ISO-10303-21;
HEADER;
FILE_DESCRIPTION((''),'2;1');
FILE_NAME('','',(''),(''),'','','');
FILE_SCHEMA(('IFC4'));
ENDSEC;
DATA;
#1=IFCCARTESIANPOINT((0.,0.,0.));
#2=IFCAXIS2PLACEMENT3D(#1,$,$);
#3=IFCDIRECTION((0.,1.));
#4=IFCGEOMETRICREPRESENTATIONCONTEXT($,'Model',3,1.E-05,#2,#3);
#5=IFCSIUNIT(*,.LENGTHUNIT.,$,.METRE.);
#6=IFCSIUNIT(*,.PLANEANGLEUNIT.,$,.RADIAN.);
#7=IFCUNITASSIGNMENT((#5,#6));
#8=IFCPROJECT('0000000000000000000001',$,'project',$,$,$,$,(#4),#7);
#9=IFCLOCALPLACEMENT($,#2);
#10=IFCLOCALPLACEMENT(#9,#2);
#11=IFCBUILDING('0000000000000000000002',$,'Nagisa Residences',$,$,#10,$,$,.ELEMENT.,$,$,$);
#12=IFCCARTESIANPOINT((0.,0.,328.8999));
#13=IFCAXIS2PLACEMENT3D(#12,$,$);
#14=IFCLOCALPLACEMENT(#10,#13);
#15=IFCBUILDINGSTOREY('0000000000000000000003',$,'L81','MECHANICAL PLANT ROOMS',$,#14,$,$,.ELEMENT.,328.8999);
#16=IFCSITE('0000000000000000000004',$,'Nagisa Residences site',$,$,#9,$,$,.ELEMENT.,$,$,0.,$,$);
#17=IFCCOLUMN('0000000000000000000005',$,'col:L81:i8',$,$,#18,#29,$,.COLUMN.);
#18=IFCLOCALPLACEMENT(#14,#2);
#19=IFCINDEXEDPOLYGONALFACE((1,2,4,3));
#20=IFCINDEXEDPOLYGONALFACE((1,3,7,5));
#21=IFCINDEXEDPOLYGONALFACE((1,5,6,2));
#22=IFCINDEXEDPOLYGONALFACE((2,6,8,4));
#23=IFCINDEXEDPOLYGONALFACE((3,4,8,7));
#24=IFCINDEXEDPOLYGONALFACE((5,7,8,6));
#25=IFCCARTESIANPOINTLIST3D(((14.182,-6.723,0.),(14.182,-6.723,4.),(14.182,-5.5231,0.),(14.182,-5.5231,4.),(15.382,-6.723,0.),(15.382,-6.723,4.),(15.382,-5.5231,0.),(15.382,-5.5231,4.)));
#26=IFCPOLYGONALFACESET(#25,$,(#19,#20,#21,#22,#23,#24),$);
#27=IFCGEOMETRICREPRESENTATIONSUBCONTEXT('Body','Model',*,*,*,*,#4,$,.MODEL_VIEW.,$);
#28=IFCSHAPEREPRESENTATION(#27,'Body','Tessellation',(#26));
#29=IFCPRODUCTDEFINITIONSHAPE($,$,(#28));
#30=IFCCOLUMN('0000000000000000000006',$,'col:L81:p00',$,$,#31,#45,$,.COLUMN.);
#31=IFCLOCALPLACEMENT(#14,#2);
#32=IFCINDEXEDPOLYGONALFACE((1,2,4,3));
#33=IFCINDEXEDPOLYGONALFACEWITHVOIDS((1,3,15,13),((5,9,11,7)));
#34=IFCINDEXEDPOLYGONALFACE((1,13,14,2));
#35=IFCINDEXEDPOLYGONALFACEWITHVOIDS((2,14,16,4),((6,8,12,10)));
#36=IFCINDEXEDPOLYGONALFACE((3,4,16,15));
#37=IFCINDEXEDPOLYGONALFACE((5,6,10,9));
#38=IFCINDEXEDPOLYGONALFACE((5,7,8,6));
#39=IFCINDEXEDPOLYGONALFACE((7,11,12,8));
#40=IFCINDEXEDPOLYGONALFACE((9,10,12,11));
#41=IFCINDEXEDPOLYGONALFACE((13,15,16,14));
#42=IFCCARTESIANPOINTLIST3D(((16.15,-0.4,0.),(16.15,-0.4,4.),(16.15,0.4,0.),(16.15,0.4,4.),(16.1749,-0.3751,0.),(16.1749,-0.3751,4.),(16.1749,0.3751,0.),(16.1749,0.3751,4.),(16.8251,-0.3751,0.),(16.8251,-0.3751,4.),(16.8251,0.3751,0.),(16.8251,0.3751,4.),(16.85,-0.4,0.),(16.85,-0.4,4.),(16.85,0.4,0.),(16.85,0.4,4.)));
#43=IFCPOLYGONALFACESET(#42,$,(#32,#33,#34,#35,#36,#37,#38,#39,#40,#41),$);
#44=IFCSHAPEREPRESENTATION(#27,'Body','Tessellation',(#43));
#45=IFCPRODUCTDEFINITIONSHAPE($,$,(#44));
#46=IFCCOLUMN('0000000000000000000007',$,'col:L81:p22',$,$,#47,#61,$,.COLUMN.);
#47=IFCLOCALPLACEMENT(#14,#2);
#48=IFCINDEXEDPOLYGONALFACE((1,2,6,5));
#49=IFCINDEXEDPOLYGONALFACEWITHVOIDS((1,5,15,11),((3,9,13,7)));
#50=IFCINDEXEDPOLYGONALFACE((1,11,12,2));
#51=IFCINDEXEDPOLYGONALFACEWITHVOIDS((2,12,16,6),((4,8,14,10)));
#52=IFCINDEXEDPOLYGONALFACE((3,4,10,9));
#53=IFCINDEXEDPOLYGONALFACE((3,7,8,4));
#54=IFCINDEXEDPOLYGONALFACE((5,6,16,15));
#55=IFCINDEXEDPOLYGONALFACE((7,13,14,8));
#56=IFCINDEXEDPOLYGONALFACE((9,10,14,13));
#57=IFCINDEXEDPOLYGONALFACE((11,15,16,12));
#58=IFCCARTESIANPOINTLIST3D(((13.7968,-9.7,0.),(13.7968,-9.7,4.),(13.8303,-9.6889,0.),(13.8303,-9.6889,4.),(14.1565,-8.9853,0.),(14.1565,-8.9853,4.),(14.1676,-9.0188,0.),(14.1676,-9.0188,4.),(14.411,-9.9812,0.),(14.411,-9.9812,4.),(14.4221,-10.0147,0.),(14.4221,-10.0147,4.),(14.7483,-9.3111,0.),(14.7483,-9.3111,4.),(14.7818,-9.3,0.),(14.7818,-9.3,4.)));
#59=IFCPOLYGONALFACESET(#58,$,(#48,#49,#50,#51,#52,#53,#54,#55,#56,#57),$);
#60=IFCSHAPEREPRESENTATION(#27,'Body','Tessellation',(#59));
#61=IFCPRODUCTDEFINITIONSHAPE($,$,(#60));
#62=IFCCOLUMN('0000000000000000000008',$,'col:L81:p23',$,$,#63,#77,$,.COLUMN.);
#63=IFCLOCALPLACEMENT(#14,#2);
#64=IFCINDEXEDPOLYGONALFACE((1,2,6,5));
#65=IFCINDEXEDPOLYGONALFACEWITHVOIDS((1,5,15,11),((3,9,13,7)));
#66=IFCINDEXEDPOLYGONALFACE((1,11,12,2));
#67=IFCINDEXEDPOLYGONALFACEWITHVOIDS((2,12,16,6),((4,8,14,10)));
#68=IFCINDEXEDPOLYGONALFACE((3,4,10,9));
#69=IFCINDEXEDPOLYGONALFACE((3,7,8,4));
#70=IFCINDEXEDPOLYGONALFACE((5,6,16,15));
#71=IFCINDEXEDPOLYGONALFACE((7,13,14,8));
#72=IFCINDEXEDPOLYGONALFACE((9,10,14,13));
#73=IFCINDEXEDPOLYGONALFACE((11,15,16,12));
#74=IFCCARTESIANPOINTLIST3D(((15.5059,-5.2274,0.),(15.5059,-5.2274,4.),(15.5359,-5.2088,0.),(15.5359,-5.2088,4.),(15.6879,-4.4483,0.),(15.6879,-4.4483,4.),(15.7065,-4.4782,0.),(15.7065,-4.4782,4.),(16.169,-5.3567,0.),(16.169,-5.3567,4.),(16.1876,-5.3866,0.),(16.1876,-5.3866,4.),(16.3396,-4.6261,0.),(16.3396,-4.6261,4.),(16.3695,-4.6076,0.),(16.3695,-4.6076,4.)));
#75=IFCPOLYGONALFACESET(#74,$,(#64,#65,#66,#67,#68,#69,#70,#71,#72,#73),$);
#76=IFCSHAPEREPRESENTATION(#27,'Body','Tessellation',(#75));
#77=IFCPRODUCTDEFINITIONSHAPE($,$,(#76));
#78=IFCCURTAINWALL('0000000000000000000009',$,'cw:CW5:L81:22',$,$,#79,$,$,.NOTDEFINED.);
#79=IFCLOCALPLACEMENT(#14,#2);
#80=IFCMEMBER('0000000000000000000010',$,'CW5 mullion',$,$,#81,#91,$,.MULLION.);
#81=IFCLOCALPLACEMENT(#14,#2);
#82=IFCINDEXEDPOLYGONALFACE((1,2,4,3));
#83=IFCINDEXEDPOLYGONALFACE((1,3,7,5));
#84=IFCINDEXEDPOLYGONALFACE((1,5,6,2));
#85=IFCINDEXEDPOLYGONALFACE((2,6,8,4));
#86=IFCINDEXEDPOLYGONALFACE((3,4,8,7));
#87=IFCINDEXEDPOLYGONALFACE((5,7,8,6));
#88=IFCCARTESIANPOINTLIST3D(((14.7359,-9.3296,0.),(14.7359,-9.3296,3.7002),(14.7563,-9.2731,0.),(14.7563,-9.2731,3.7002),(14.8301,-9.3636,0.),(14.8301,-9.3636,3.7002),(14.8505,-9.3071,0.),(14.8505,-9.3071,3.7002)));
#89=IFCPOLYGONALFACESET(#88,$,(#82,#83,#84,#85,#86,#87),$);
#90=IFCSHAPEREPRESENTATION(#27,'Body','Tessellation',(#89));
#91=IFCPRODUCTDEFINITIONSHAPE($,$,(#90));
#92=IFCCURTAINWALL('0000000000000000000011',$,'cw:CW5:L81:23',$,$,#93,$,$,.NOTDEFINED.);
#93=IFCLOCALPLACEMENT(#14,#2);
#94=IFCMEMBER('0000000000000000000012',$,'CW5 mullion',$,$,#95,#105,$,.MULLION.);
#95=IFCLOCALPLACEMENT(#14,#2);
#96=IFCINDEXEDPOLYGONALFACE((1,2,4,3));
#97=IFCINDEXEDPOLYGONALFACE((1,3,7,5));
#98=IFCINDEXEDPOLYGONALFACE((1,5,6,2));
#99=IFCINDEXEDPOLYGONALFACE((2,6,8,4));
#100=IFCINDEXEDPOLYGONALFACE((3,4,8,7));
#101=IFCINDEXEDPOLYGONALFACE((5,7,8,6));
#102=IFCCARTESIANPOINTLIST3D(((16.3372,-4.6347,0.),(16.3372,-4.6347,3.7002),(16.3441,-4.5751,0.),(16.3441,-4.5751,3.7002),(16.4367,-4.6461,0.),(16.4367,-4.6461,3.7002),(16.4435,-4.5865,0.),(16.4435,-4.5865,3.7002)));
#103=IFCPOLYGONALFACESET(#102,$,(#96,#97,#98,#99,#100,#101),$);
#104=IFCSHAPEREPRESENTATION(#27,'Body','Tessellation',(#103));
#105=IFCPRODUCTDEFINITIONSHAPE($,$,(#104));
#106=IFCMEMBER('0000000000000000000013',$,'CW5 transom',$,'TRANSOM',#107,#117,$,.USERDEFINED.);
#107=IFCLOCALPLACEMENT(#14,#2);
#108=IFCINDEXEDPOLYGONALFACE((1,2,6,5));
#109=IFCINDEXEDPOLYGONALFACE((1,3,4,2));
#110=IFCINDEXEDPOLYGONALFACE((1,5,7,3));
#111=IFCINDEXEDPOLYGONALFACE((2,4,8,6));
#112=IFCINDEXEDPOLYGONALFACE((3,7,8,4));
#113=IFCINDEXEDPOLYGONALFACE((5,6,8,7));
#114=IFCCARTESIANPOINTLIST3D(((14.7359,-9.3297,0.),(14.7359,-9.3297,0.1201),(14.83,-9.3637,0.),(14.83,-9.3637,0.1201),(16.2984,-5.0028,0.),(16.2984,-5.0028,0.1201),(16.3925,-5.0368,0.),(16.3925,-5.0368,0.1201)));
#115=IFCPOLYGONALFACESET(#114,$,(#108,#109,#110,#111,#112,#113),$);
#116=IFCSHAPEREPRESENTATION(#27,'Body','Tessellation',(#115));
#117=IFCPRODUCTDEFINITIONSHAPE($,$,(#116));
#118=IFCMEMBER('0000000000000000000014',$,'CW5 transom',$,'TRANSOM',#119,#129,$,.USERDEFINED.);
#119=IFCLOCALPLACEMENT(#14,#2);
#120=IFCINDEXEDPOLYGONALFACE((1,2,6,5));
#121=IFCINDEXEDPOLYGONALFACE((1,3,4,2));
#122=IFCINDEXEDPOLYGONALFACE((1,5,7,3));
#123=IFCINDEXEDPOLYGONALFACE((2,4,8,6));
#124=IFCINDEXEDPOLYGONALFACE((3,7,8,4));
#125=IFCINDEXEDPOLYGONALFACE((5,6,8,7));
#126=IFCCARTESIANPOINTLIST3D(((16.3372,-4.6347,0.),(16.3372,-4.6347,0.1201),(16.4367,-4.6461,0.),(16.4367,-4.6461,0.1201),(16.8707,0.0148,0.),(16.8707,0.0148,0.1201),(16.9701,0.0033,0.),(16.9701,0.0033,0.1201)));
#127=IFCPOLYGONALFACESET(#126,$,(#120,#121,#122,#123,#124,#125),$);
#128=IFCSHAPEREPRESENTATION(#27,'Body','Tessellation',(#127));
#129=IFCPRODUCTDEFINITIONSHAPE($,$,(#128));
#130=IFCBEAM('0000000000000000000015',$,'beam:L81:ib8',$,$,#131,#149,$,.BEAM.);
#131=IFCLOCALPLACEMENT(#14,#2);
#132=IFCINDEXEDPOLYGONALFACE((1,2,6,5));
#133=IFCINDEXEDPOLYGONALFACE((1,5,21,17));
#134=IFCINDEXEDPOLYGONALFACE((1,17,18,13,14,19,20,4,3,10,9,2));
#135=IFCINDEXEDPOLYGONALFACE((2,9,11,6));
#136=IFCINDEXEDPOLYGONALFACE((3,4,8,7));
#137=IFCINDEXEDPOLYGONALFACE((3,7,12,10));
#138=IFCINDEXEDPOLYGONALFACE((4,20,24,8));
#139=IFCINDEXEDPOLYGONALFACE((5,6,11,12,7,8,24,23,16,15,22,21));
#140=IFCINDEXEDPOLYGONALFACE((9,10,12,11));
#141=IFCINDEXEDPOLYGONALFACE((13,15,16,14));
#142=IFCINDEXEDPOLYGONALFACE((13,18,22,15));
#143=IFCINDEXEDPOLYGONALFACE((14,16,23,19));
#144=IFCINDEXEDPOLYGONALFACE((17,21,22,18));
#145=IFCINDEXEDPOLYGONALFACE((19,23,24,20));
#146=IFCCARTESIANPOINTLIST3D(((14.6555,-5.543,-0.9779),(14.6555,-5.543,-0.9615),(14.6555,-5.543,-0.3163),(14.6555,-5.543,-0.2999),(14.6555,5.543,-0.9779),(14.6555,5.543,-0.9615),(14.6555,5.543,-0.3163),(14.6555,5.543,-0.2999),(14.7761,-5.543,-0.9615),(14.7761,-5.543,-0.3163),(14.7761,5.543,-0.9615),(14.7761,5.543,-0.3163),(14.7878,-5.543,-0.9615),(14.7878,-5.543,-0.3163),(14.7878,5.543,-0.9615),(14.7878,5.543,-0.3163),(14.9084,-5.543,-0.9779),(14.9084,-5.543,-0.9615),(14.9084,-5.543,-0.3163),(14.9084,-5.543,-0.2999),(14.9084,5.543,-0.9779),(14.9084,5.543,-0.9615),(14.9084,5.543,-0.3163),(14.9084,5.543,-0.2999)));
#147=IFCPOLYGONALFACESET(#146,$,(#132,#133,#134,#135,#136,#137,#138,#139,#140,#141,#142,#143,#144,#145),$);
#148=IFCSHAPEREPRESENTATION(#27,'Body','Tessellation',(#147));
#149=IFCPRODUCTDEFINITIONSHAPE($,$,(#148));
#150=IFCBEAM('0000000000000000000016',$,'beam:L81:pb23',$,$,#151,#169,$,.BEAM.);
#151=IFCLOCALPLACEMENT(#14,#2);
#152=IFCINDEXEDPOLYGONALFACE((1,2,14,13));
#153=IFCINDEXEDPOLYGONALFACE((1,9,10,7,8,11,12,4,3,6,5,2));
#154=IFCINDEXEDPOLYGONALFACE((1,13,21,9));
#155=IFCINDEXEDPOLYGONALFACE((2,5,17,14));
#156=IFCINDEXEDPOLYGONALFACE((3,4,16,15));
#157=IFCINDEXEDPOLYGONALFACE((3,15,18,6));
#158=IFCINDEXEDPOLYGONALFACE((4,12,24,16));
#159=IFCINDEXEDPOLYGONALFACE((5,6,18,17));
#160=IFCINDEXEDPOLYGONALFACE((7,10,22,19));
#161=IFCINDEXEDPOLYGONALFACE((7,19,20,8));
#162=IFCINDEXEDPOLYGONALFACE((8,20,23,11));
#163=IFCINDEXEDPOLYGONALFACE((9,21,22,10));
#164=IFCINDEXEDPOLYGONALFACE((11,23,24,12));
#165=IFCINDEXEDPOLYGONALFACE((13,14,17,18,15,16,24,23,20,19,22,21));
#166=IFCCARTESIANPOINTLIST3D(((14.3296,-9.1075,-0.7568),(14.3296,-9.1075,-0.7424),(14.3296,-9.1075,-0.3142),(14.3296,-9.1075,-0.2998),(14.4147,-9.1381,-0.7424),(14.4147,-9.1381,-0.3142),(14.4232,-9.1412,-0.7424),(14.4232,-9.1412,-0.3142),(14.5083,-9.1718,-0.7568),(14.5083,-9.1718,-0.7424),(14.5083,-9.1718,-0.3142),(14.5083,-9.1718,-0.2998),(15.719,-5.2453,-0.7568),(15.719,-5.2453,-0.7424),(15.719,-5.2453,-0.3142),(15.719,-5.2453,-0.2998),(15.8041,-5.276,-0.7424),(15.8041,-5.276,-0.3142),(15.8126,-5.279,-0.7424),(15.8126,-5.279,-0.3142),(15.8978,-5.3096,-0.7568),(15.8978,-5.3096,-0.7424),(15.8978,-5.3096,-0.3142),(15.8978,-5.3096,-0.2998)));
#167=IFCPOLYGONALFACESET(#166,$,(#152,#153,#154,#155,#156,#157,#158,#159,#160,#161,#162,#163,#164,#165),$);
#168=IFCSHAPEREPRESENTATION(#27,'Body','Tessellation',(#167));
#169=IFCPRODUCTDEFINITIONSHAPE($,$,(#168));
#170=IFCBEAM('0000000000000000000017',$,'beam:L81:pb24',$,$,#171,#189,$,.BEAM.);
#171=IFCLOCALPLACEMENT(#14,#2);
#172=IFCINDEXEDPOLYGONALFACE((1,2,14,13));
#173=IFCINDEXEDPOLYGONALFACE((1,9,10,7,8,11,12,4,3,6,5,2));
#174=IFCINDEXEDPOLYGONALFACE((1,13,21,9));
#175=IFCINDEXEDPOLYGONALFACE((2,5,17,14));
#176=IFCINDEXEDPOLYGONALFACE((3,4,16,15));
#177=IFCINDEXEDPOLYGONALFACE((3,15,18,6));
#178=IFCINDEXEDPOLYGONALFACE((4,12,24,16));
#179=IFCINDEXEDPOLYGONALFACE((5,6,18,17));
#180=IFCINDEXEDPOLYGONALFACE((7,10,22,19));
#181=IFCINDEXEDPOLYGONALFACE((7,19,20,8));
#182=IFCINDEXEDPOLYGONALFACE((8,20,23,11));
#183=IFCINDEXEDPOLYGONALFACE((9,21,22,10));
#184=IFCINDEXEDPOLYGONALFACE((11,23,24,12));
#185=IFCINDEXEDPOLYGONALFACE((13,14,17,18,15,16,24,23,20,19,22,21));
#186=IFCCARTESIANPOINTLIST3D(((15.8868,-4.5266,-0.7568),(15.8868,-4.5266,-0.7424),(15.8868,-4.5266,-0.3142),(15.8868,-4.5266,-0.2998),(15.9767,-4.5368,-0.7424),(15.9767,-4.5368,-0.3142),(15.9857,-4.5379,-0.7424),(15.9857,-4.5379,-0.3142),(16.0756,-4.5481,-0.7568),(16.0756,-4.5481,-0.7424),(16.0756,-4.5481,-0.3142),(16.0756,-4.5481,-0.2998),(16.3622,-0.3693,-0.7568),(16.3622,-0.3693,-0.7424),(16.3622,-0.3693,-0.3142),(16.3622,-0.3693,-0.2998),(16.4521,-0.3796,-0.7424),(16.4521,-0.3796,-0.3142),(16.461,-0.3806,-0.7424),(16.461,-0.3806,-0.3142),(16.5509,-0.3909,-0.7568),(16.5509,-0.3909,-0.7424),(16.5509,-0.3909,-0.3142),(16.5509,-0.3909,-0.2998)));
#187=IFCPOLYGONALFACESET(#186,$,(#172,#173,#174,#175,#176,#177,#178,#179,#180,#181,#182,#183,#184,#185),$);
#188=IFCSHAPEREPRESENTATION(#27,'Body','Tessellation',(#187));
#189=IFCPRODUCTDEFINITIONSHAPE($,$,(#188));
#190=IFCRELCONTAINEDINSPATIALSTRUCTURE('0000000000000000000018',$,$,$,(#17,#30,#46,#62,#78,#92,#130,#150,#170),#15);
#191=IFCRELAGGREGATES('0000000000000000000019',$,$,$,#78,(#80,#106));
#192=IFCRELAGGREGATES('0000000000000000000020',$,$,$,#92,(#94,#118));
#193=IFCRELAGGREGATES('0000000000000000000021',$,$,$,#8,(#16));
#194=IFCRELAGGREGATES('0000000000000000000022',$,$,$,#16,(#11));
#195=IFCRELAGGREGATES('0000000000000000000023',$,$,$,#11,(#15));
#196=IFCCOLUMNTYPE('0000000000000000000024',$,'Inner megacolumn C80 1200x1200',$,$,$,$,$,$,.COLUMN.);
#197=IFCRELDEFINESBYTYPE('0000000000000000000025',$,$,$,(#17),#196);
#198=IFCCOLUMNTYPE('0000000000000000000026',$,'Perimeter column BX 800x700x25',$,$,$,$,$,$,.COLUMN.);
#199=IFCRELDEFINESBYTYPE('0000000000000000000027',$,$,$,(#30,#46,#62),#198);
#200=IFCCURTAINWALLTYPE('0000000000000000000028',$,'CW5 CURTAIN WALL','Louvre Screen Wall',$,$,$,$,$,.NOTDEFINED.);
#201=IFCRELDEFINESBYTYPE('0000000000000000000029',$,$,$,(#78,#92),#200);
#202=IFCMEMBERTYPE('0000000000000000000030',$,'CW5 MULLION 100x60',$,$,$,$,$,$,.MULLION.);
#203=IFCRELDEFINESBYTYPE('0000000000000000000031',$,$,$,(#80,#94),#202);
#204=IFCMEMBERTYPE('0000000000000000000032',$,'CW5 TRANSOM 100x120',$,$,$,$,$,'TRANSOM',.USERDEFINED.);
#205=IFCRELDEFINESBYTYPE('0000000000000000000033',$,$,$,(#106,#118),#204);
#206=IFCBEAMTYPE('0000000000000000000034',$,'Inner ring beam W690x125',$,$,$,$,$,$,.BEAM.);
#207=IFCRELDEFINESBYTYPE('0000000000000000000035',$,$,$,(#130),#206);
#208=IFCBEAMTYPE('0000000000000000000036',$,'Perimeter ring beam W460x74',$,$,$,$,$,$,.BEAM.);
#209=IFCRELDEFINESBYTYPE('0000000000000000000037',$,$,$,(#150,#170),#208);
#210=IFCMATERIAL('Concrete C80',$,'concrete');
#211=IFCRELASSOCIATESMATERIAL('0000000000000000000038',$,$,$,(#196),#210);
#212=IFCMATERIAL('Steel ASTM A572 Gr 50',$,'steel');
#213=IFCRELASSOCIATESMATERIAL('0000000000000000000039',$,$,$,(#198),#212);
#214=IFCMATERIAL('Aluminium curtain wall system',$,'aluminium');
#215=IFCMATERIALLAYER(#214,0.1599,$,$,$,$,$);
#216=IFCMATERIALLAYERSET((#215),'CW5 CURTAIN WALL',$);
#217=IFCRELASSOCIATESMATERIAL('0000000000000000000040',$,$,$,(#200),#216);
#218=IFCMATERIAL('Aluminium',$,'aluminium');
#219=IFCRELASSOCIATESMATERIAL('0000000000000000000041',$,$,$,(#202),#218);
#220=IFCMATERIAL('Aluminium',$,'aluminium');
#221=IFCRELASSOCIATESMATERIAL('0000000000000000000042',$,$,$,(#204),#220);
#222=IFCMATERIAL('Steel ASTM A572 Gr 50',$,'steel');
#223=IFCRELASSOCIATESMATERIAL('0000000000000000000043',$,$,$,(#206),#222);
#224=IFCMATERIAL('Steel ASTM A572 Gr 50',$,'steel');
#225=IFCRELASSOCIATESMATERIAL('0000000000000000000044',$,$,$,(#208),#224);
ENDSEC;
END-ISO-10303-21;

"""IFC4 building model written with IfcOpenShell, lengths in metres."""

from ifc_helpers import new_model, si_unit, direction, frame, origin, origin_2d, place, context, subcontext, project, spatial, rectangle, hollow_rectangle, i_section, extrude, material, layer, layer_set, material_profile, profile_set, type_object, element, aggregate, save


model = new_model("IFC4")

# Units and contexts
model_context = context("Model", 3, precision=1e-05, world=origin(), true_north=direction((0.0, 1.0)))
body_context = subcontext(model_context, "Body", "Model", "MODEL_VIEW")
ifc_project = project(units=[si_unit("LENGTHUNIT", "METRE"), si_unit("PLANEANGLEUNIT", "RADIAN")], contexts=[model_context])

# Site, building, storey
site_placement = place(None, origin())
site = spatial("IfcSite", under=ifc_project, at=site_placement, Name="Nagisa Residences site", CompositionType="ELEMENT", RefElevation=0.0)
building_placement = place(site_placement, origin())
building = spatial("IfcBuilding", under=site, at=building_placement, Name="Nagisa Residences", CompositionType="ELEMENT")
storey_placement = place(building_placement, frame((0.0, 0.0, 328.8999)))
storey = spatial("IfcBuildingStorey", under=building, at=storey_placement, Name="L81", Description="MECHANICAL PLANT ROOMS", CompositionType="ELEMENT", Elevation=328.8999)

# Columns
ifc_material_1 = material(Name="Concrete C80", Category="concrete")
ifc_material_profile_1 = material_profile(ifc_material_1, rectangle(XDim=1.2, YDim=1.2, at=origin_2d()), Name="C80 1200x1200")
ifc_profile_set_1 = profile_set([ifc_material_profile_1], Name="Concrete C80")
column_type_1 = type_object("IfcColumnType", Name="Inner megacolumn C80 1200x1200", PredefinedType="COLUMN", material=ifc_profile_set_1)
column_placement = place(storey_placement, frame((14.782, -6.123, 0.0), z_axis=(0.0, 0.0, 1.0), x_axis=(1.0, 0.0, 0.0)))
element("IfcColumn", 1, at=column_placement, inside=storey, type_object=column_type_1, Name="col:L81:i8", PredefinedType="COLUMN", context=body_context, shape_type="SweptSolid", body=[
    extrude(rectangle(XDim=1.2, YDim=1.2, at=origin_2d()), origin(), (0.0, 0.0, 1.0), 4.0),
])
ifc_material_2 = material(Name="Steel ASTM A572 Gr 50", Category="steel")
ifc_material_profile_2 = material_profile(ifc_material_2, hollow_rectangle(XDim=0.8, YDim=0.7, WallThickness=0.0249, at=origin_2d()), Name="BX 800x700x25")
ifc_profile_set_2 = profile_set([ifc_material_profile_2], Name="Steel ASTM A572 Gr 50")
column_type_2 = type_object("IfcColumnType", Name="Perimeter column BX 800x700x25", PredefinedType="COLUMN", material=ifc_profile_set_2)
for number, where, z_axis, x_axis, name in (
    (2, (16.5, 0.0, 0.0), (0.0, 0.0, 1.0), (0.0, 1.0, 0.0), "col:L81:p00"),
    (3, (14.2893, -9.5, 0.0), (0.0, 0.0, 1.0), (0.449592, 0.893234, 0.0), "col:L81:p22"),
    (4, (15.9377, -4.9175, 0.0), (0.0, 0.0, 1.0), (0.227473, 0.973784, 0.0), "col:L81:p23"),
):
    element("IfcColumn", number, at=place(storey_placement, frame(where, z_axis=z_axis, x_axis=x_axis)), inside=storey, type_object=column_type_2, Name=name, PredefinedType="COLUMN", context=body_context, shape_type="SweptSolid", body=[
        extrude(hollow_rectangle(XDim=0.8, YDim=0.7, WallThickness=0.0249, at=origin_2d()), origin(), (0.0, 0.0, 1.0), 4.0),
    ])

# Curtain walls, members
ifc_material_3 = material(Name="Aluminium curtain wall system", Category="aluminium")
ifc_layer_1 = layer(ifc_material_3, 0.1599)
ifc_layer_set_1 = layer_set([ifc_layer_1], Name="CW5 CURTAIN WALL")
curtain_wall_type = type_object("IfcCurtainWallType", Name="CW5 CURTAIN WALL", Description="Louvre Screen Wall", PredefinedType="NOTDEFINED", material=ifc_layer_set_1)
curtain_wall_1_placement = place(storey_placement, origin())
curtain_wall_1 = element("IfcCurtainWall", 5, at=curtain_wall_1_placement, inside=storey, type_object=curtain_wall_type, Name="cw:CW5:L81:22", PredefinedType="NOTDEFINED")
ifc_material_4 = material(Name="Aluminium", Category="aluminium")
ifc_material_profile_3 = material_profile(ifc_material_4, rectangle(XDim=0.1001, YDim=0.0601, at=origin_2d()), Name="CW5 MULLION 100x60")
ifc_profile_set_3 = profile_set([ifc_material_profile_3], Name="Aluminium")
member_type_1 = type_object("IfcMemberType", Name="CW5 MULLION 100x60", PredefinedType="MULLION", material=ifc_profile_set_3)
member_1_placement = place(storey_placement, frame((14.7932, -9.3184, 0.0), z_axis=(0.0, 0.0, 1.0), x_axis=(-0.940554, 0.339643, 0.0)))
member_1 = element("IfcMember", 6, at=member_1_placement, type_object=member_type_1, Name="CW5 mullion", PredefinedType="MULLION", context=body_context, shape_type="SweptSolid", body=[
    extrude(rectangle(XDim=0.1001, YDim=0.0601, at=origin_2d()), origin(), (0.0, 0.0, 1.0), 3.7002),
])
curtain_wall_2_placement = place(storey_placement, origin())
curtain_wall_2 = element("IfcCurtainWall", 7, at=curtain_wall_2_placement, inside=storey, type_object=curtain_wall_type, Name="cw:CW5:L81:23", PredefinedType="NOTDEFINED")
member_2_placement = place(storey_placement, frame((16.3904, -4.6106, 0.0), z_axis=(0.0, 0.0, 1.0), x_axis=(-0.993478, 0.114025, 0.0)))
member_2 = element("IfcMember", 8, at=member_2_placement, type_object=member_type_1, Name="CW5 mullion", PredefinedType="MULLION", context=body_context, shape_type="SweptSolid", body=[
    extrude(rectangle(XDim=0.1001, YDim=0.0601, at=origin_2d()), origin(), (0.0, 0.0, 1.0), 3.7002),
])

# Members
ifc_material_5 = material(Name="Aluminium", Category="aluminium")
ifc_material_profile_4 = material_profile(ifc_material_5, rectangle(XDim=0.1001, YDim=0.1201, at=origin_2d()), Name="CW5 TRANSOM 100x120")
ifc_profile_set_4 = profile_set([ifc_material_profile_4], Name="Aluminium")
member_type_2 = type_object("IfcMemberType", Name="CW5 TRANSOM 100x120", ElementType="TRANSOM", PredefinedType="USERDEFINED", material=ifc_profile_set_4)
member_3_placement = place(storey_placement, frame((14.783, -9.3467, 0.0601), z_axis=(0.339646, 0.940553, 0.0), x_axis=(-0.940553, 0.339646, 0.0)))
member_3 = element("IfcMember", 9, at=member_3_placement, type_object=member_type_2, Name="CW5 transom", ObjectType="TRANSOM", PredefinedType="USERDEFINED", context=body_context, shape_type="SweptSolid", body=[
    extrude(rectangle(XDim=0.1001, YDim=0.1201, at=origin_2d()), origin(), (0.0, 0.0, 1.0), 4.6003),
])
member_4_placement = place(storey_placement, frame((16.387, -4.6404, 0.0601), z_axis=(0.113986, 0.993482, 0.0), x_axis=(-0.993482, 0.113986, 0.0)))
member_4 = element("IfcMember", 10, at=member_4_placement, type_object=member_type_2, Name="CW5 transom", ObjectType="TRANSOM", PredefinedType="USERDEFINED", context=body_context, shape_type="SweptSolid", body=[
    extrude(rectangle(XDim=0.1001, YDim=0.1201, at=origin_2d()), origin(), (0.0, 0.0, 1.0), 4.6799),
])

# Beams
ifc_material_6 = material(Name="Steel ASTM A572 Gr 50", Category="steel")
ifc_material_profile_5 = material_profile(ifc_material_6, i_section(OverallWidth=0.2529, OverallDepth=0.678, WebThickness=0.0117, FlangeThickness=0.0164, at=origin_2d()), Name="W690x125")
ifc_profile_set_5 = profile_set([ifc_material_profile_5], Name="Steel ASTM A572 Gr 50")
beam_type_1 = type_object("IfcBeamType", Name="Inner ring beam W690x125", PredefinedType="BEAM", material=ifc_profile_set_5)
beam_1_placement = place(storey_placement, frame((14.782, -5.543, -0.6389), z_axis=(0.0, 1.0, 0.0), x_axis=(-1.0, 0.0, 0.0)))
element("IfcBeam", 11, at=beam_1_placement, inside=storey, type_object=beam_type_1, Name="beam:L81:ib8", PredefinedType="BEAM", context=body_context, shape_type="SweptSolid", body=[
    extrude(i_section(OverallWidth=0.2529, OverallDepth=0.678, WebThickness=0.0117, FlangeThickness=0.0164, at=origin_2d()), origin(), (0.0, 0.0, 1.0), 11.0859),
])
ifc_material_7 = material(Name="Steel ASTM A572 Gr 50", Category="steel")
ifc_material_profile_6 = material_profile(ifc_material_7, i_section(OverallWidth=0.1899, OverallDepth=0.457, WebThickness=0.009, FlangeThickness=0.0144, at=origin_2d()), Name="W460x74")
ifc_profile_set_6 = profile_set([ifc_material_profile_6], Name="Steel ASTM A572 Gr 50")
beam_type_2 = type_object("IfcBeamType", Name="Perimeter ring beam W460x74", PredefinedType="BEAM", material=ifc_profile_set_6)
beam_2_placement = place(storey_placement, frame((14.4189, -9.1396, -0.5283), z_axis=(0.338517, 0.94096, 0.0), x_axis=(-0.94096, 0.338517, 0.0)))
element("IfcBeam", 12, at=beam_2_placement, inside=storey, type_object=beam_type_2, Name="beam:L81:pb23", PredefinedType="BEAM", context=body_context, shape_type="SweptSolid", body=[
    extrude(i_section(OverallWidth=0.1899, OverallDepth=0.457, WebThickness=0.009, FlangeThickness=0.0144, at=origin_2d()), origin(), (0.0, 0.0, 1.0), 4.1045),
])
beam_3_placement = place(storey_placement, frame((15.9812, -4.5374, -0.5283), z_axis=(0.113601, 0.993526, 0.0), x_axis=(-0.993526, 0.113601, 0.0)))
element("IfcBeam", 13, at=beam_3_placement, inside=storey, type_object=beam_type_2, Name="beam:L81:pb24", PredefinedType="BEAM", context=body_context, shape_type="SweptSolid", body=[
    extrude(i_section(OverallWidth=0.1899, OverallDepth=0.457, WebThickness=0.009, FlangeThickness=0.0144, at=origin_2d()), origin(), (0.0, 0.0, 1.0), 4.1843),
])

aggregate(curtain_wall_1, [member_1, member_3])
aggregate(curtain_wall_2, [member_2, member_4])

save(model, "model.ifc")
